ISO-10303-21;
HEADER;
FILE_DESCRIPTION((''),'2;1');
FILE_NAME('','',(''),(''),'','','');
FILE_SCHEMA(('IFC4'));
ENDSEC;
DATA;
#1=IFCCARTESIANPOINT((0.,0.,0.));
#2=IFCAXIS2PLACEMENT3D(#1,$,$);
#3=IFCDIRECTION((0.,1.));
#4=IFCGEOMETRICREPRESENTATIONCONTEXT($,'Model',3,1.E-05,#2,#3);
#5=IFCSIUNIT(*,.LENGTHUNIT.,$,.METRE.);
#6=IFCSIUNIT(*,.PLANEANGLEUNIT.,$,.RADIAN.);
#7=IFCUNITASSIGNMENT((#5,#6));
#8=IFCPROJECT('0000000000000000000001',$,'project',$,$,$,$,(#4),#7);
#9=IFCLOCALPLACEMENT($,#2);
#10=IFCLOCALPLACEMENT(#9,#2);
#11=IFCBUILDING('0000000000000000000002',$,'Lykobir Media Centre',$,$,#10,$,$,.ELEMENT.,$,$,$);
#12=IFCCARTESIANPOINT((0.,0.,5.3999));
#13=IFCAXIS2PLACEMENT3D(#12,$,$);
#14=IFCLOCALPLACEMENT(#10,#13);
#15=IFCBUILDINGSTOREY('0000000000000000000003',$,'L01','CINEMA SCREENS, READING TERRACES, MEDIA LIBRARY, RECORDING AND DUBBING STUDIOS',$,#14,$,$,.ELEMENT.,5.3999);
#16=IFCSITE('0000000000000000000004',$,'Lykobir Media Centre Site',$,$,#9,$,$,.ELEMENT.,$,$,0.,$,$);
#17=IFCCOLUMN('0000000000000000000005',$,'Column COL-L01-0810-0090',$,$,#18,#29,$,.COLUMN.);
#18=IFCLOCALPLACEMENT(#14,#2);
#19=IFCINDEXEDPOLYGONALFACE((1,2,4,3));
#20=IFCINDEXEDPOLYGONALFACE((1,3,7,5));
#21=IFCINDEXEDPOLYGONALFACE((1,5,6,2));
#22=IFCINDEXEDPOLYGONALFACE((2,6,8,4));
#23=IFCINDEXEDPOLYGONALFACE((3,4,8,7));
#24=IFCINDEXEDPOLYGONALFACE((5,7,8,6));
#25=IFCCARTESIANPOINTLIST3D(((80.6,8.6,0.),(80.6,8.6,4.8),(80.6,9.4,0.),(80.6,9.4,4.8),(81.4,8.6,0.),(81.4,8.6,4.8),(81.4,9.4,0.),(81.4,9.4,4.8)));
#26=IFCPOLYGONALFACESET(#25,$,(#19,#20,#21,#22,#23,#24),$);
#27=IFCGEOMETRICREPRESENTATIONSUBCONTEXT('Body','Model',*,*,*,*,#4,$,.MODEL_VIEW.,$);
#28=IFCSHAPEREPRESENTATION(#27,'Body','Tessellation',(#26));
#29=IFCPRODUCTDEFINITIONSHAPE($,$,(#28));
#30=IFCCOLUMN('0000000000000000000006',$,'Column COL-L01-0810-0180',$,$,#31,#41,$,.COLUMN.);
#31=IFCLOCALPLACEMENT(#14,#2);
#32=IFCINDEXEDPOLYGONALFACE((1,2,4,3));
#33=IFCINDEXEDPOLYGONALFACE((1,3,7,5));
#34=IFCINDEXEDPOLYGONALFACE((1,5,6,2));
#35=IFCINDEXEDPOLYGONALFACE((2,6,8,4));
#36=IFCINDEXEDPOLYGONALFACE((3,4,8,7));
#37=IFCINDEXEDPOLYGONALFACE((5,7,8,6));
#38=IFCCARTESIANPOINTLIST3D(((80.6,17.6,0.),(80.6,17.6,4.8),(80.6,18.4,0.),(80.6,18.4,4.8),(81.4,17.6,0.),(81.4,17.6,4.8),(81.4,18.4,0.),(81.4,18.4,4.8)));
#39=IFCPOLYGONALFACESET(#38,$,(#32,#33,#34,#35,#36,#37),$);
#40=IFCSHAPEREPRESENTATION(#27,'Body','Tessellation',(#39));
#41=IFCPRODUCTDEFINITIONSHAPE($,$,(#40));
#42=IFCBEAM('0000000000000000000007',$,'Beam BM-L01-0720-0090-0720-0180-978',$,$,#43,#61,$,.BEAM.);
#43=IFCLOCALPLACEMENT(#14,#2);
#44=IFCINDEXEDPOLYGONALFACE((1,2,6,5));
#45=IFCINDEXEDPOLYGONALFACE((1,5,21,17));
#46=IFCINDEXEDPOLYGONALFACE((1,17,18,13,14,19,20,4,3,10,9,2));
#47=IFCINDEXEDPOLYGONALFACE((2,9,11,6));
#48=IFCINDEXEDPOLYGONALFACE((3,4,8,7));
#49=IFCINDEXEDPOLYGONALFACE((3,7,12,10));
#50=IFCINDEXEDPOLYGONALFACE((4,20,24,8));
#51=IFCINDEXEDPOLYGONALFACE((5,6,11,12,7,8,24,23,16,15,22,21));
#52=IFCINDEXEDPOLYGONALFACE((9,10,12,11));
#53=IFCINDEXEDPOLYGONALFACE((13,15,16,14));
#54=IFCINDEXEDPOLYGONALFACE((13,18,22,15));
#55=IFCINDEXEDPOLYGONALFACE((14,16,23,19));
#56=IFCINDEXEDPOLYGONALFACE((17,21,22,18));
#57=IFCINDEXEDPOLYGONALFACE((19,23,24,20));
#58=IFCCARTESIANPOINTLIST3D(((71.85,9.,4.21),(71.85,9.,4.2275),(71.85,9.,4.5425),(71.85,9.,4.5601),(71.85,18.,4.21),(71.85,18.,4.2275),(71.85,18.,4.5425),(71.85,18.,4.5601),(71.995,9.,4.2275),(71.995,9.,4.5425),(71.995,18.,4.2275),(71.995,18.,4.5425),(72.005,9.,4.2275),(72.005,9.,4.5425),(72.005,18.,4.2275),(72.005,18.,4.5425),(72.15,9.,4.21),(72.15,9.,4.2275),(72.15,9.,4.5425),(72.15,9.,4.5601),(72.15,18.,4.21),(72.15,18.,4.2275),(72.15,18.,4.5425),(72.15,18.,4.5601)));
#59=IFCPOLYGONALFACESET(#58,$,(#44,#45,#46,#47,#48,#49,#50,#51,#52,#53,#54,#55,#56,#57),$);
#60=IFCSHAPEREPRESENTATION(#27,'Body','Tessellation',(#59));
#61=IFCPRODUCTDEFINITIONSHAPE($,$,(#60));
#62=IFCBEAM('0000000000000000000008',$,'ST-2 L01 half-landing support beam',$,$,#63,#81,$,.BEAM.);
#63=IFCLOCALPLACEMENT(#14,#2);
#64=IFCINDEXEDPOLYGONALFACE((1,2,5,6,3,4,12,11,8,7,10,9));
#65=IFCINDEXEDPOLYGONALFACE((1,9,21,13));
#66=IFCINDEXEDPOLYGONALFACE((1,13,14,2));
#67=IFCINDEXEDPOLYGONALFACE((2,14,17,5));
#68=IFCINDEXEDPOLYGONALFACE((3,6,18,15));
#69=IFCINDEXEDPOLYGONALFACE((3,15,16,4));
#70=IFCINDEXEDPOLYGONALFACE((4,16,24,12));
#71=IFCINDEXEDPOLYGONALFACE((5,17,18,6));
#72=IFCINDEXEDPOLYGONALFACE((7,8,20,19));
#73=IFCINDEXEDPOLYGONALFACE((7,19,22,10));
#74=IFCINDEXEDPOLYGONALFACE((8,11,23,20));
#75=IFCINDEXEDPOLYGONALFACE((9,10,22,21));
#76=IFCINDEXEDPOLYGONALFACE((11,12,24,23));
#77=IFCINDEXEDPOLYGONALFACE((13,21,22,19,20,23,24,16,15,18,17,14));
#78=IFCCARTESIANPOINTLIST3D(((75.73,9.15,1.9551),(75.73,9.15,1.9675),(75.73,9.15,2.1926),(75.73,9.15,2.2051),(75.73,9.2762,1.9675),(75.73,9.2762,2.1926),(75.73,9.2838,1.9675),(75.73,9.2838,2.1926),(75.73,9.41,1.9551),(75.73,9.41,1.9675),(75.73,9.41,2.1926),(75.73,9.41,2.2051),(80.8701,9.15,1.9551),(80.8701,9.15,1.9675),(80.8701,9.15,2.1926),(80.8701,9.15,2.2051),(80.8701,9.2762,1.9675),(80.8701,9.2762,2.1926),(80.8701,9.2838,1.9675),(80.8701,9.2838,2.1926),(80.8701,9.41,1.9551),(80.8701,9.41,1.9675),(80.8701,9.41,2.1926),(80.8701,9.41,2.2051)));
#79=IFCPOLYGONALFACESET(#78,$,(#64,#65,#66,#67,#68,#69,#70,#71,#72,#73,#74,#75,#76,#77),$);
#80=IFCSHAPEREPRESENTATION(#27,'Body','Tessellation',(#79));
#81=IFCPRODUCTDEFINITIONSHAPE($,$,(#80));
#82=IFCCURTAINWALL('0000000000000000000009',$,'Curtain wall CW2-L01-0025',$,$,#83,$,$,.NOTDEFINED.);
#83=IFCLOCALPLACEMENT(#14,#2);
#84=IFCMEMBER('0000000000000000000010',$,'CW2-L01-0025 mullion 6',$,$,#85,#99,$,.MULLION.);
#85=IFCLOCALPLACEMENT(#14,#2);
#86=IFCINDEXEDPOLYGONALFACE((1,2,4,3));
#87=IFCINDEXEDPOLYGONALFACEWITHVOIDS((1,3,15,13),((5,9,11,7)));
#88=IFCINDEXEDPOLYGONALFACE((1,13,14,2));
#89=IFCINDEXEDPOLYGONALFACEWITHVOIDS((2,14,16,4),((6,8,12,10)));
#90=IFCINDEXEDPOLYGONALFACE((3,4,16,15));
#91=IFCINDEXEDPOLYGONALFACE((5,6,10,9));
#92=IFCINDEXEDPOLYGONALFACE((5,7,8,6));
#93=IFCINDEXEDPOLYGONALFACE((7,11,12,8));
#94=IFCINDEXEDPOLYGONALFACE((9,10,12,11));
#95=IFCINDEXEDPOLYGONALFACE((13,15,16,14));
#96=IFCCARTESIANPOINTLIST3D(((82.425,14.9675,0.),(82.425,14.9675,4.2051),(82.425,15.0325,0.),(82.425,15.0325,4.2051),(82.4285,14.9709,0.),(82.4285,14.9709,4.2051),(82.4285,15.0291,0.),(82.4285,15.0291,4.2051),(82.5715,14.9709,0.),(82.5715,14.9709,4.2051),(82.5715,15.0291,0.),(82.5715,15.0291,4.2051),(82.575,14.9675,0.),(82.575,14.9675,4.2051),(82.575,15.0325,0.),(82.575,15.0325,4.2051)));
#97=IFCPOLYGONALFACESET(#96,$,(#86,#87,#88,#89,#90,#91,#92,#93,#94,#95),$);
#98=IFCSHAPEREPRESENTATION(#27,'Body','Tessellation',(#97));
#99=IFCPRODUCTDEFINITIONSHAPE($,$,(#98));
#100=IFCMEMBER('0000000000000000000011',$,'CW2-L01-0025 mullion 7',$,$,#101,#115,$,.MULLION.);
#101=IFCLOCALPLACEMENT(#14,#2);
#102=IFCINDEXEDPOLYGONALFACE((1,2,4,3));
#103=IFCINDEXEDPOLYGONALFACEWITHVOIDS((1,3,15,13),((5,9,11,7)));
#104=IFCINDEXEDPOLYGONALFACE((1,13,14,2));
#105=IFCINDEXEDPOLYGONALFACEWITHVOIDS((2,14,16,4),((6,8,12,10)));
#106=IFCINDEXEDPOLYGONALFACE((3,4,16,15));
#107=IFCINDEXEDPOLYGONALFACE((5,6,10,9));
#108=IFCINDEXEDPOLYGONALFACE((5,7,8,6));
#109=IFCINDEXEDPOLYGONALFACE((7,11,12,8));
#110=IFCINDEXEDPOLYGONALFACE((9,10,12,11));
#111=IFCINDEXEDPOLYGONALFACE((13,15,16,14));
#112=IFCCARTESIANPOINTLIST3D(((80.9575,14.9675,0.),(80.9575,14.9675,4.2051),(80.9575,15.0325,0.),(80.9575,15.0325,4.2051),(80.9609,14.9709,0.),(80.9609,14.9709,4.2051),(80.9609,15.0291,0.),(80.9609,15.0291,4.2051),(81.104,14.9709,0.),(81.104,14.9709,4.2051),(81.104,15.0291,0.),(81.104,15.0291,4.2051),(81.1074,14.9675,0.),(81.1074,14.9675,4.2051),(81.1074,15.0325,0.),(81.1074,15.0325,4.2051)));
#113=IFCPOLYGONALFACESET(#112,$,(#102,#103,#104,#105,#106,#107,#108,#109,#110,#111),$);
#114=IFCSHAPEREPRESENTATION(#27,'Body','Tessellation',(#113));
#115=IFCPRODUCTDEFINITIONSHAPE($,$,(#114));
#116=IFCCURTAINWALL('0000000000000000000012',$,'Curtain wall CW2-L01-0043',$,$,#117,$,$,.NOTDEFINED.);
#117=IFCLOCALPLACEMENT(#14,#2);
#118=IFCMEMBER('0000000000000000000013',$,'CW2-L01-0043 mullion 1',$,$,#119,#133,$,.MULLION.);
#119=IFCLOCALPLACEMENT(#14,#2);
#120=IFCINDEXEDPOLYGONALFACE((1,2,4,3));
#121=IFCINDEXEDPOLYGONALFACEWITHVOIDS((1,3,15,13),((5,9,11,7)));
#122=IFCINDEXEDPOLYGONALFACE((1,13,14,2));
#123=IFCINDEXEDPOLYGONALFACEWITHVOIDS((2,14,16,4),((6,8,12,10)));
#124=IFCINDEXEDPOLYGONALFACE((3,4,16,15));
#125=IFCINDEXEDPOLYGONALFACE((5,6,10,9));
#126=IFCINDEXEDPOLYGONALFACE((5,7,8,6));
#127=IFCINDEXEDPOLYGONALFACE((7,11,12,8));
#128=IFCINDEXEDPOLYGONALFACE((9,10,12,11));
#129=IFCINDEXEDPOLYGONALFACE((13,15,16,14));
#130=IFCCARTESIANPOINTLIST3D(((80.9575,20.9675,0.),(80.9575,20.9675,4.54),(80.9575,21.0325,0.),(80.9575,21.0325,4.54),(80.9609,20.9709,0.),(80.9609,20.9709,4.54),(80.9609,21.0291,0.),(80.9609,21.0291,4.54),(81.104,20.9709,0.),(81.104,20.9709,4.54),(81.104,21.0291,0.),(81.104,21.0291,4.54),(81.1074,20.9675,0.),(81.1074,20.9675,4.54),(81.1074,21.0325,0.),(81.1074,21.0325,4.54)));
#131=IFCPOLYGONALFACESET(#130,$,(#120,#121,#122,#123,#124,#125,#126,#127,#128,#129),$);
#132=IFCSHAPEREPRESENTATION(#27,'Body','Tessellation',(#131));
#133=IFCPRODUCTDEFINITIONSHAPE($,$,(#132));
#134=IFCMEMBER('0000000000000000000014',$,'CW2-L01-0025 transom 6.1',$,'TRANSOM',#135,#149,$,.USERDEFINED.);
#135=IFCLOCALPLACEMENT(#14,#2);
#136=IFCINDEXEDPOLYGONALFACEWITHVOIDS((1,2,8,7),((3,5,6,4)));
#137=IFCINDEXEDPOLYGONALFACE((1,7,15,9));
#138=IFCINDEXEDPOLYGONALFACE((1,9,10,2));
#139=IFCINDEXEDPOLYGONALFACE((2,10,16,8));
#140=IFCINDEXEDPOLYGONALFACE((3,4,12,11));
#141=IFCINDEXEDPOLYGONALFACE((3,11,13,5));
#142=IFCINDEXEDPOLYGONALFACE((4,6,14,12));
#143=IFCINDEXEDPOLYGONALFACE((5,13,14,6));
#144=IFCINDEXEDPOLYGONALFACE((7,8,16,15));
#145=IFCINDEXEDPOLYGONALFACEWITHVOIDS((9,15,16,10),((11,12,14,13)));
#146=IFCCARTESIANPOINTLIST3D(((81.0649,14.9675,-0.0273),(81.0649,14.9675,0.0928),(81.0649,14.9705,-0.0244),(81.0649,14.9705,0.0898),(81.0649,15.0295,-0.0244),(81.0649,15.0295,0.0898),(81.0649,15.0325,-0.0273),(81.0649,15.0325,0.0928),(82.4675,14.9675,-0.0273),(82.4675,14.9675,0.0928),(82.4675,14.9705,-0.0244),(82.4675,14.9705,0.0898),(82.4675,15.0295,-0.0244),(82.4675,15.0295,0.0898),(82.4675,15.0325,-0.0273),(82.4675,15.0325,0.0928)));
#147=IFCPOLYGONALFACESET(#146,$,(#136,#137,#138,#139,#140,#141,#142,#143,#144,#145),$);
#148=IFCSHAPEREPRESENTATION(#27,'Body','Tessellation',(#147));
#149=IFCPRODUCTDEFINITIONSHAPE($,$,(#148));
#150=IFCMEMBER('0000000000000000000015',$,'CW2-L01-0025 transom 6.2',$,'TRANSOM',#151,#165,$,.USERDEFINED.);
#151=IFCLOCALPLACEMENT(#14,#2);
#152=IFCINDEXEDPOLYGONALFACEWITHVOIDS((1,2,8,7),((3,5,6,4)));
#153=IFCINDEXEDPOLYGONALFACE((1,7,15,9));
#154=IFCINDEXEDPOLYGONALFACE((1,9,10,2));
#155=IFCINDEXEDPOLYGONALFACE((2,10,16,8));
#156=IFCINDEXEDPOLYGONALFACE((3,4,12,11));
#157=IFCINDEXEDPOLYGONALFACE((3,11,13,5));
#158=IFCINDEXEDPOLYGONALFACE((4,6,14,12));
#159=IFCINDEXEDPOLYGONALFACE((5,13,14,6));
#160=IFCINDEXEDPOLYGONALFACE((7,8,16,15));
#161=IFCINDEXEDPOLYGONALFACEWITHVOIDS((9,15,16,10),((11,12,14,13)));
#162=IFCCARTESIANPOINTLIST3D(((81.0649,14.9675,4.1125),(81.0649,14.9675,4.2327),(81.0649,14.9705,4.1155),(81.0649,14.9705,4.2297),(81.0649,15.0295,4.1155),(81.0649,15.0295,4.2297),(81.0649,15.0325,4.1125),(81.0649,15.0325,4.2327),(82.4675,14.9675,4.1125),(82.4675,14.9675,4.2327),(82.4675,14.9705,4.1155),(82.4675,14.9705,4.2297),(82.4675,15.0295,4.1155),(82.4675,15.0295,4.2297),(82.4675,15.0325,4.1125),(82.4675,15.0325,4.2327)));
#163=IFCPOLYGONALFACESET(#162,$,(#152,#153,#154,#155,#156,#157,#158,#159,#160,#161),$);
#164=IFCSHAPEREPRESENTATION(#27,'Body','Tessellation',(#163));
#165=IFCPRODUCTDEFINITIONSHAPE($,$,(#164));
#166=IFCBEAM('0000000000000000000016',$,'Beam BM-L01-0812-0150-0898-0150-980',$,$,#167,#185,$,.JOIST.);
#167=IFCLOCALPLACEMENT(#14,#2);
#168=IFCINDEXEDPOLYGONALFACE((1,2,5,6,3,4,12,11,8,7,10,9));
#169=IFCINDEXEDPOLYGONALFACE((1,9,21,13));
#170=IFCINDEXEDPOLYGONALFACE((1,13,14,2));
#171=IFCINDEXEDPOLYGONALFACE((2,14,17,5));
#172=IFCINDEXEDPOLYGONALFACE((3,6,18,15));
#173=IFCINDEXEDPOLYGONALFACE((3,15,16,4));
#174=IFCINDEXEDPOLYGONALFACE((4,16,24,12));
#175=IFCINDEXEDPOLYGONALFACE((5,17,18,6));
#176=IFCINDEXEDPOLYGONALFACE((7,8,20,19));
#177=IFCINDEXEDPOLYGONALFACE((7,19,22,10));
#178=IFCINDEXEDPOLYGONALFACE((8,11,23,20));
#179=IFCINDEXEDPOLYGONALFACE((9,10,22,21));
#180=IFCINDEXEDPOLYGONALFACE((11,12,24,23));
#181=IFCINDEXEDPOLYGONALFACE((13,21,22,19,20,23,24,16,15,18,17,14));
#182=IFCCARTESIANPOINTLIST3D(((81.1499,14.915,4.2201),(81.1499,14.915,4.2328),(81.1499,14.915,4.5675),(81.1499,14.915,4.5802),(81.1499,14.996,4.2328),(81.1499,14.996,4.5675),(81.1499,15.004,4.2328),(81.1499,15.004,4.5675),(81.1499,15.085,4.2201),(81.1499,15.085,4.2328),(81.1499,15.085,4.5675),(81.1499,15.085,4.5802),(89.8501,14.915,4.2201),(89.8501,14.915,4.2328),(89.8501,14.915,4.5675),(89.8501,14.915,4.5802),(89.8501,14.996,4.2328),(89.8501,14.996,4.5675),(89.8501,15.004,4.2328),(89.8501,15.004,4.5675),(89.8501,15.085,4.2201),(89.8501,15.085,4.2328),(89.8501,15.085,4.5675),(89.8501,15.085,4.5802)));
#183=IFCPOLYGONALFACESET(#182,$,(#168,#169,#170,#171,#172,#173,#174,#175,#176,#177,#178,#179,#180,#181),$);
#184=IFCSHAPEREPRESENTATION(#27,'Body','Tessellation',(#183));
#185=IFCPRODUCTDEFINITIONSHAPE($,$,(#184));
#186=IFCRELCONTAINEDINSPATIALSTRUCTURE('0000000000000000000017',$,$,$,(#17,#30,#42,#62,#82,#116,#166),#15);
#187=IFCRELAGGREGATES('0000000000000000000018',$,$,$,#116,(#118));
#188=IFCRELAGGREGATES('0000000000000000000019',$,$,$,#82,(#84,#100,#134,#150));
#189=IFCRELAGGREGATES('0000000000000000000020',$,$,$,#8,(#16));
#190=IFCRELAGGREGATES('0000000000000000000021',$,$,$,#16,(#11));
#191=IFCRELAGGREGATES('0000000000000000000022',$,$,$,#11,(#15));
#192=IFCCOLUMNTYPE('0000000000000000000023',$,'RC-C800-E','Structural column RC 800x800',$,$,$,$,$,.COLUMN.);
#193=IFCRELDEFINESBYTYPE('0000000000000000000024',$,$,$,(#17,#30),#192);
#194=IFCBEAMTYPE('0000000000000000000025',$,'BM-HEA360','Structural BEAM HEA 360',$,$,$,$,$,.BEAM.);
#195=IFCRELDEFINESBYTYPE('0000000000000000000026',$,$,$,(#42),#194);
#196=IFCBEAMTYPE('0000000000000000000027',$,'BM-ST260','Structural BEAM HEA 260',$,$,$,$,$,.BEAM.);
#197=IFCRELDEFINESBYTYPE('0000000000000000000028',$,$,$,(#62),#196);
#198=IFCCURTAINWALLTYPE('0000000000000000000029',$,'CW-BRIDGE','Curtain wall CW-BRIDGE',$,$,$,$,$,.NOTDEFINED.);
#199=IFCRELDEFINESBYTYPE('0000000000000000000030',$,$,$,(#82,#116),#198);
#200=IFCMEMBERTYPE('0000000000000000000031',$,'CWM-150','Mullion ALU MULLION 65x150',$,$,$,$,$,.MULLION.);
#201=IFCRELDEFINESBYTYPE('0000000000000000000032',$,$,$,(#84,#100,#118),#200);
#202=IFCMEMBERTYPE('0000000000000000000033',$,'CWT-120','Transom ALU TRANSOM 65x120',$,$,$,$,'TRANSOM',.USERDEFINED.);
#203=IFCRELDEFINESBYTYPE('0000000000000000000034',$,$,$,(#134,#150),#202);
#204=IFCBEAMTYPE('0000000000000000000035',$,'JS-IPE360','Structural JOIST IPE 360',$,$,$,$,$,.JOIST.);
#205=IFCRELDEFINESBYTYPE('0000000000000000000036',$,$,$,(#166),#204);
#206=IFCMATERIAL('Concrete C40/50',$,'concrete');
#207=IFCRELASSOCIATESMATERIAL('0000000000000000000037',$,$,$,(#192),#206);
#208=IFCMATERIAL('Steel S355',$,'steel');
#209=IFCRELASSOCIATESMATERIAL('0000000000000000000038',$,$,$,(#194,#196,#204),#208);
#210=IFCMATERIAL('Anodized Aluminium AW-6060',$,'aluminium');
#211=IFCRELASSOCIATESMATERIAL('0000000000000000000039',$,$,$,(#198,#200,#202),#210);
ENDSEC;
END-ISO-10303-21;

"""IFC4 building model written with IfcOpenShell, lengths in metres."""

from ifc_helpers import new_model, si_unit, direction, frame, origin, origin_2d, place, context, subcontext, project, spatial, rectangle, hollow_rectangle, i_section, extrude, material, material_profile, profile_set, type_object, element, aggregate, save


model = new_model("IFC4")

# Units and contexts
model_context = context("Model", 3, precision=1e-05, world=origin(), true_north=direction((0.0, 1.0)))
body_context = subcontext(model_context, "Body", "Model", "MODEL_VIEW")
ifc_project = project(units=[si_unit("LENGTHUNIT", "METRE"), si_unit("PLANEANGLEUNIT", "RADIAN")], contexts=[model_context])

# Site, building, storey
site_placement = place(None, origin())
site = spatial("IfcSite", under=ifc_project, at=site_placement, Name="Lykobir Media Centre Site", CompositionType="ELEMENT", RefElevation=0.0)
building_placement = place(site_placement, origin())
building = spatial("IfcBuilding", under=site, at=building_placement, Name="Lykobir Media Centre", CompositionType="ELEMENT")
storey_placement = place(building_placement, frame((0.0, 0.0, 5.3999)))
storey = spatial("IfcBuildingStorey", under=building, at=storey_placement, Name="L01", Description="CINEMA SCREENS, READING TERRACES, MEDIA LIBRARY, RECORDING AND DUBBING STUDIOS", CompositionType="ELEMENT", Elevation=5.3999)

# Columns
ifc_material_1 = material(Name="Concrete C40/50", Category="concrete")
ifc_material_profile_1 = material_profile(ifc_material_1, rectangle(XDim=0.8, YDim=0.8, at=origin_2d()), Name="RC 800x800")
ifc_profile_set_1 = profile_set([ifc_material_profile_1], Name="Concrete C40/50")
column_type = type_object("IfcColumnType", Name="RC-C800-E", Description="Structural column RC 800x800", PredefinedType="COLUMN", material=ifc_profile_set_1)
for number, where, z_axis, x_axis, name in (
    (1, (81.0, 9.0, 0.0), (0.0, 0.0, 1.0), (1.0, 0.0, 0.0), "Column COL-L01-0810-0090"),
    (2, (81.0, 18.0, 0.0), (0.0, 0.0, 1.0), (1.0, 0.0, 0.0), "Column COL-L01-0810-0180"),
):
    element("IfcColumn", number, at=place(storey_placement, frame(where, z_axis=z_axis, x_axis=x_axis)), inside=storey, type_object=column_type, Name=name, PredefinedType="COLUMN", context=body_context, shape_type="SweptSolid", body=[
        extrude(rectangle(XDim=0.8, YDim=0.8, at=origin_2d()), origin(), (0.0, 0.0, 1.0), 4.8),
    ])

# Beams
ifc_material_2 = material(Name="Steel S355", Category="steel")
ifc_material_profile_2 = material_profile(ifc_material_2, i_section(OverallWidth=0.3, OverallDepth=0.3501, WebThickness=0.01, FlangeThickness=0.0176, at=origin_2d()), Name="HEA 360")
ifc_profile_set_2 = profile_set([ifc_material_profile_2], Name="Steel S355")
beam_type_1 = type_object("IfcBeamType", Name="BM-HEA360", Description="Structural BEAM HEA 360", PredefinedType="BEAM", material=ifc_profile_set_2)
beam_1_placement = place(storey_placement, frame((72.0, 9.0, 4.385), z_axis=(0.0, 1.0, 0.0), x_axis=(-1.0, 0.0, 0.0)))
element("IfcBeam", 3, at=beam_1_placement, inside=storey, type_object=beam_type_1, Name="Beam BM-L01-0720-0090-0720-0180-978", PredefinedType="BEAM", context=body_context, shape_type="SweptSolid", body=[
    extrude(i_section(OverallWidth=0.3, OverallDepth=0.3501, WebThickness=0.01, FlangeThickness=0.0176, at=origin_2d()), origin(), (0.0, 0.0, 1.0), 9.0),
])
ifc_material_profile_3 = material_profile(ifc_material_2, i_section(OverallWidth=0.26, OverallDepth=0.25, WebThickness=0.0076, FlangeThickness=0.0125, at=origin_2d()), Name="HEA 260")
ifc_profile_set_3 = profile_set([ifc_material_profile_3], Name="Steel S355")
beam_type_2 = type_object("IfcBeamType", Name="BM-ST260", Description="Structural BEAM HEA 260", PredefinedType="BEAM", material=ifc_profile_set_3)
beam_2_placement = place(storey_placement, frame((75.73, 9.28, 2.0801), z_axis=(1.0, 0.0, 0.0), x_axis=(0.0, 1.0, 0.0)))
element("IfcBeam", 4, at=beam_2_placement, inside=storey, type_object=beam_type_2, Name="ST-2 L01 half-landing support beam", PredefinedType="BEAM", context=body_context, shape_type="SweptSolid", body=[
    extrude(i_section(OverallWidth=0.26, OverallDepth=0.25, WebThickness=0.0076, FlangeThickness=0.0125, at=origin_2d()), origin(), (0.0, 0.0, 1.0), 5.1401),
])

# Curtain wall, members
ifc_material_3 = material(Name="Anodized Aluminium AW-6060", Category="aluminium")
curtain_wall_type = type_object("IfcCurtainWallType", Name="CW-BRIDGE", Description="Curtain wall CW-BRIDGE", PredefinedType="NOTDEFINED", material=ifc_material_3)
curtain_wall_1_placement = place(storey_placement, origin())
curtain_wall_1 = element("IfcCurtainWall", 5, at=curtain_wall_1_placement, inside=storey, type_object=curtain_wall_type, Name="Curtain wall CW2-L01-0025", PredefinedType="NOTDEFINED")
ifc_material_profile_4 = material_profile(ifc_material_3, hollow_rectangle(XDim=0.0649, YDim=0.1499, WallThickness=0.0034, at=origin_2d()), Name="ALU MULLION 65x150")
ifc_profile_set_4 = profile_set([ifc_material_profile_4], Name="Anodized Aluminium AW-6060")
member_type_1 = type_object("IfcMemberType", Name="CWM-150", Description="Mullion ALU MULLION 65x150", PredefinedType="MULLION", material=ifc_profile_set_4)
member_1_placement = place(storey_placement, frame((82.5, 15.0, 0.0), z_axis=(0.0, 0.0, 1.0), x_axis=(0.0, -1.0, 0.0)))
member_1 = element("IfcMember", 6, at=member_1_placement, type_object=member_type_1, Name="CW2-L01-0025 mullion 6", PredefinedType="MULLION", context=body_context, shape_type="SweptSolid", body=[
    extrude(hollow_rectangle(XDim=0.0649, YDim=0.1499, WallThickness=0.0034, at=origin_2d()), origin(), (0.0, 0.0, 1.0), 4.2051),
])
member_2_placement = place(storey_placement, frame((81.0325, 15.0, 0.0), z_axis=(0.0, 0.0, 1.0), x_axis=(0.0, -1.0, 0.0)))
member_2 = element("IfcMember", 7, at=member_2_placement, type_object=member_type_1, Name="CW2-L01-0025 mullion 7", PredefinedType="MULLION", context=body_context, shape_type="SweptSolid", body=[
    extrude(hollow_rectangle(XDim=0.0649, YDim=0.1499, WallThickness=0.0034, at=origin_2d()), origin(), (0.0, 0.0, 1.0), 4.2051),
])

# Curtain wall, member
curtain_wall_2_placement = place(storey_placement, origin())
curtain_wall_2 = element("IfcCurtainWall", 8, at=curtain_wall_2_placement, inside=storey, type_object=curtain_wall_type, Name="Curtain wall CW2-L01-0043", PredefinedType="NOTDEFINED")
member_3_placement = place(storey_placement, frame((81.0325, 21.0, 0.0), z_axis=(0.0, 0.0, 1.0), x_axis=(0.0, 1.0, 0.0)))
member_3 = element("IfcMember", 9, at=member_3_placement, type_object=member_type_1, Name="CW2-L01-0043 mullion 1", PredefinedType="MULLION", context=body_context, shape_type="SweptSolid", body=[
    extrude(hollow_rectangle(XDim=0.0649, YDim=0.1499, WallThickness=0.0034, at=origin_2d()), origin(), (0.0, 0.0, 1.0), 4.54),
])
aggregate(curtain_wall_2, [member_3])

# Members
ifc_material_profile_5 = material_profile(ifc_material_3, hollow_rectangle(XDim=0.0649, YDim=0.1201, WallThickness=0.0029, at=origin_2d()), Name="ALU TRANSOM 65x120")
ifc_profile_set_5 = profile_set([ifc_material_profile_5], Name="Anodized Aluminium AW-6060")
member_type_2 = type_object("IfcMemberType", Name="CWT-120", Description="Transom ALU TRANSOM 65x120", ElementType="TRANSOM", PredefinedType="USERDEFINED", material=ifc_profile_set_5)
member_4_placement = place(storey_placement, frame((82.4675, 15.0, 0.0327), z_axis=(-1.0, 0.0, 0.0), x_axis=(0.0, -1.0, 0.0)))
member_4 = element("IfcMember", 10, at=member_4_placement, type_object=member_type_2, Name="CW2-L01-0025 transom 6.1", ObjectType="TRANSOM", PredefinedType="USERDEFINED", context=body_context, shape_type="SweptSolid", body=[
    extrude(hollow_rectangle(XDim=0.0649, YDim=0.1201, WallThickness=0.0029, at=origin_2d()), origin(), (0.0, 0.0, 1.0), 1.4026),
])
member_5_placement = place(storey_placement, frame((82.4675, 15.0, 4.1726), z_axis=(-1.0, 0.0, 0.0), x_axis=(0.0, -1.0, 0.0)))
member_5 = element("IfcMember", 11, at=member_5_placement, type_object=member_type_2, Name="CW2-L01-0025 transom 6.2", ObjectType="TRANSOM", PredefinedType="USERDEFINED", context=body_context, shape_type="SweptSolid", body=[
    extrude(hollow_rectangle(XDim=0.0649, YDim=0.1201, WallThickness=0.0029, at=origin_2d()), origin(), (0.0, 0.0, 1.0), 1.4026),
])

# Beam
ifc_material_profile_6 = material_profile(ifc_material_2, i_section(OverallWidth=0.1699, OverallDepth=0.3601, WebThickness=0.0081, FlangeThickness=0.0127, at=origin_2d()), Name="IPE 360")
ifc_profile_set_6 = profile_set([ifc_material_profile_6], Name="Steel S355")
beam_type_3 = type_object("IfcBeamType", Name="JS-IPE360", Description="Structural JOIST IPE 360", PredefinedType="JOIST", material=ifc_profile_set_6)
beam_3_placement = place(storey_placement, frame((81.1499, 15.0, 4.4001), z_axis=(1.0, 0.0, 0.0), x_axis=(0.0, 1.0, 0.0)))
element("IfcBeam", 12, at=beam_3_placement, inside=storey, type_object=beam_type_3, Name="Beam BM-L01-0812-0150-0898-0150-980", PredefinedType="JOIST", context=body_context, shape_type="SweptSolid", body=[
    extrude(i_section(OverallWidth=0.1699, OverallDepth=0.3601, WebThickness=0.0081, FlangeThickness=0.0127, at=origin_2d()), origin(), (0.0, 0.0, 1.0), 8.7002),
])

aggregate(curtain_wall_1, [member_1, member_2, member_4, member_5])

save(model, "model.ifc")
